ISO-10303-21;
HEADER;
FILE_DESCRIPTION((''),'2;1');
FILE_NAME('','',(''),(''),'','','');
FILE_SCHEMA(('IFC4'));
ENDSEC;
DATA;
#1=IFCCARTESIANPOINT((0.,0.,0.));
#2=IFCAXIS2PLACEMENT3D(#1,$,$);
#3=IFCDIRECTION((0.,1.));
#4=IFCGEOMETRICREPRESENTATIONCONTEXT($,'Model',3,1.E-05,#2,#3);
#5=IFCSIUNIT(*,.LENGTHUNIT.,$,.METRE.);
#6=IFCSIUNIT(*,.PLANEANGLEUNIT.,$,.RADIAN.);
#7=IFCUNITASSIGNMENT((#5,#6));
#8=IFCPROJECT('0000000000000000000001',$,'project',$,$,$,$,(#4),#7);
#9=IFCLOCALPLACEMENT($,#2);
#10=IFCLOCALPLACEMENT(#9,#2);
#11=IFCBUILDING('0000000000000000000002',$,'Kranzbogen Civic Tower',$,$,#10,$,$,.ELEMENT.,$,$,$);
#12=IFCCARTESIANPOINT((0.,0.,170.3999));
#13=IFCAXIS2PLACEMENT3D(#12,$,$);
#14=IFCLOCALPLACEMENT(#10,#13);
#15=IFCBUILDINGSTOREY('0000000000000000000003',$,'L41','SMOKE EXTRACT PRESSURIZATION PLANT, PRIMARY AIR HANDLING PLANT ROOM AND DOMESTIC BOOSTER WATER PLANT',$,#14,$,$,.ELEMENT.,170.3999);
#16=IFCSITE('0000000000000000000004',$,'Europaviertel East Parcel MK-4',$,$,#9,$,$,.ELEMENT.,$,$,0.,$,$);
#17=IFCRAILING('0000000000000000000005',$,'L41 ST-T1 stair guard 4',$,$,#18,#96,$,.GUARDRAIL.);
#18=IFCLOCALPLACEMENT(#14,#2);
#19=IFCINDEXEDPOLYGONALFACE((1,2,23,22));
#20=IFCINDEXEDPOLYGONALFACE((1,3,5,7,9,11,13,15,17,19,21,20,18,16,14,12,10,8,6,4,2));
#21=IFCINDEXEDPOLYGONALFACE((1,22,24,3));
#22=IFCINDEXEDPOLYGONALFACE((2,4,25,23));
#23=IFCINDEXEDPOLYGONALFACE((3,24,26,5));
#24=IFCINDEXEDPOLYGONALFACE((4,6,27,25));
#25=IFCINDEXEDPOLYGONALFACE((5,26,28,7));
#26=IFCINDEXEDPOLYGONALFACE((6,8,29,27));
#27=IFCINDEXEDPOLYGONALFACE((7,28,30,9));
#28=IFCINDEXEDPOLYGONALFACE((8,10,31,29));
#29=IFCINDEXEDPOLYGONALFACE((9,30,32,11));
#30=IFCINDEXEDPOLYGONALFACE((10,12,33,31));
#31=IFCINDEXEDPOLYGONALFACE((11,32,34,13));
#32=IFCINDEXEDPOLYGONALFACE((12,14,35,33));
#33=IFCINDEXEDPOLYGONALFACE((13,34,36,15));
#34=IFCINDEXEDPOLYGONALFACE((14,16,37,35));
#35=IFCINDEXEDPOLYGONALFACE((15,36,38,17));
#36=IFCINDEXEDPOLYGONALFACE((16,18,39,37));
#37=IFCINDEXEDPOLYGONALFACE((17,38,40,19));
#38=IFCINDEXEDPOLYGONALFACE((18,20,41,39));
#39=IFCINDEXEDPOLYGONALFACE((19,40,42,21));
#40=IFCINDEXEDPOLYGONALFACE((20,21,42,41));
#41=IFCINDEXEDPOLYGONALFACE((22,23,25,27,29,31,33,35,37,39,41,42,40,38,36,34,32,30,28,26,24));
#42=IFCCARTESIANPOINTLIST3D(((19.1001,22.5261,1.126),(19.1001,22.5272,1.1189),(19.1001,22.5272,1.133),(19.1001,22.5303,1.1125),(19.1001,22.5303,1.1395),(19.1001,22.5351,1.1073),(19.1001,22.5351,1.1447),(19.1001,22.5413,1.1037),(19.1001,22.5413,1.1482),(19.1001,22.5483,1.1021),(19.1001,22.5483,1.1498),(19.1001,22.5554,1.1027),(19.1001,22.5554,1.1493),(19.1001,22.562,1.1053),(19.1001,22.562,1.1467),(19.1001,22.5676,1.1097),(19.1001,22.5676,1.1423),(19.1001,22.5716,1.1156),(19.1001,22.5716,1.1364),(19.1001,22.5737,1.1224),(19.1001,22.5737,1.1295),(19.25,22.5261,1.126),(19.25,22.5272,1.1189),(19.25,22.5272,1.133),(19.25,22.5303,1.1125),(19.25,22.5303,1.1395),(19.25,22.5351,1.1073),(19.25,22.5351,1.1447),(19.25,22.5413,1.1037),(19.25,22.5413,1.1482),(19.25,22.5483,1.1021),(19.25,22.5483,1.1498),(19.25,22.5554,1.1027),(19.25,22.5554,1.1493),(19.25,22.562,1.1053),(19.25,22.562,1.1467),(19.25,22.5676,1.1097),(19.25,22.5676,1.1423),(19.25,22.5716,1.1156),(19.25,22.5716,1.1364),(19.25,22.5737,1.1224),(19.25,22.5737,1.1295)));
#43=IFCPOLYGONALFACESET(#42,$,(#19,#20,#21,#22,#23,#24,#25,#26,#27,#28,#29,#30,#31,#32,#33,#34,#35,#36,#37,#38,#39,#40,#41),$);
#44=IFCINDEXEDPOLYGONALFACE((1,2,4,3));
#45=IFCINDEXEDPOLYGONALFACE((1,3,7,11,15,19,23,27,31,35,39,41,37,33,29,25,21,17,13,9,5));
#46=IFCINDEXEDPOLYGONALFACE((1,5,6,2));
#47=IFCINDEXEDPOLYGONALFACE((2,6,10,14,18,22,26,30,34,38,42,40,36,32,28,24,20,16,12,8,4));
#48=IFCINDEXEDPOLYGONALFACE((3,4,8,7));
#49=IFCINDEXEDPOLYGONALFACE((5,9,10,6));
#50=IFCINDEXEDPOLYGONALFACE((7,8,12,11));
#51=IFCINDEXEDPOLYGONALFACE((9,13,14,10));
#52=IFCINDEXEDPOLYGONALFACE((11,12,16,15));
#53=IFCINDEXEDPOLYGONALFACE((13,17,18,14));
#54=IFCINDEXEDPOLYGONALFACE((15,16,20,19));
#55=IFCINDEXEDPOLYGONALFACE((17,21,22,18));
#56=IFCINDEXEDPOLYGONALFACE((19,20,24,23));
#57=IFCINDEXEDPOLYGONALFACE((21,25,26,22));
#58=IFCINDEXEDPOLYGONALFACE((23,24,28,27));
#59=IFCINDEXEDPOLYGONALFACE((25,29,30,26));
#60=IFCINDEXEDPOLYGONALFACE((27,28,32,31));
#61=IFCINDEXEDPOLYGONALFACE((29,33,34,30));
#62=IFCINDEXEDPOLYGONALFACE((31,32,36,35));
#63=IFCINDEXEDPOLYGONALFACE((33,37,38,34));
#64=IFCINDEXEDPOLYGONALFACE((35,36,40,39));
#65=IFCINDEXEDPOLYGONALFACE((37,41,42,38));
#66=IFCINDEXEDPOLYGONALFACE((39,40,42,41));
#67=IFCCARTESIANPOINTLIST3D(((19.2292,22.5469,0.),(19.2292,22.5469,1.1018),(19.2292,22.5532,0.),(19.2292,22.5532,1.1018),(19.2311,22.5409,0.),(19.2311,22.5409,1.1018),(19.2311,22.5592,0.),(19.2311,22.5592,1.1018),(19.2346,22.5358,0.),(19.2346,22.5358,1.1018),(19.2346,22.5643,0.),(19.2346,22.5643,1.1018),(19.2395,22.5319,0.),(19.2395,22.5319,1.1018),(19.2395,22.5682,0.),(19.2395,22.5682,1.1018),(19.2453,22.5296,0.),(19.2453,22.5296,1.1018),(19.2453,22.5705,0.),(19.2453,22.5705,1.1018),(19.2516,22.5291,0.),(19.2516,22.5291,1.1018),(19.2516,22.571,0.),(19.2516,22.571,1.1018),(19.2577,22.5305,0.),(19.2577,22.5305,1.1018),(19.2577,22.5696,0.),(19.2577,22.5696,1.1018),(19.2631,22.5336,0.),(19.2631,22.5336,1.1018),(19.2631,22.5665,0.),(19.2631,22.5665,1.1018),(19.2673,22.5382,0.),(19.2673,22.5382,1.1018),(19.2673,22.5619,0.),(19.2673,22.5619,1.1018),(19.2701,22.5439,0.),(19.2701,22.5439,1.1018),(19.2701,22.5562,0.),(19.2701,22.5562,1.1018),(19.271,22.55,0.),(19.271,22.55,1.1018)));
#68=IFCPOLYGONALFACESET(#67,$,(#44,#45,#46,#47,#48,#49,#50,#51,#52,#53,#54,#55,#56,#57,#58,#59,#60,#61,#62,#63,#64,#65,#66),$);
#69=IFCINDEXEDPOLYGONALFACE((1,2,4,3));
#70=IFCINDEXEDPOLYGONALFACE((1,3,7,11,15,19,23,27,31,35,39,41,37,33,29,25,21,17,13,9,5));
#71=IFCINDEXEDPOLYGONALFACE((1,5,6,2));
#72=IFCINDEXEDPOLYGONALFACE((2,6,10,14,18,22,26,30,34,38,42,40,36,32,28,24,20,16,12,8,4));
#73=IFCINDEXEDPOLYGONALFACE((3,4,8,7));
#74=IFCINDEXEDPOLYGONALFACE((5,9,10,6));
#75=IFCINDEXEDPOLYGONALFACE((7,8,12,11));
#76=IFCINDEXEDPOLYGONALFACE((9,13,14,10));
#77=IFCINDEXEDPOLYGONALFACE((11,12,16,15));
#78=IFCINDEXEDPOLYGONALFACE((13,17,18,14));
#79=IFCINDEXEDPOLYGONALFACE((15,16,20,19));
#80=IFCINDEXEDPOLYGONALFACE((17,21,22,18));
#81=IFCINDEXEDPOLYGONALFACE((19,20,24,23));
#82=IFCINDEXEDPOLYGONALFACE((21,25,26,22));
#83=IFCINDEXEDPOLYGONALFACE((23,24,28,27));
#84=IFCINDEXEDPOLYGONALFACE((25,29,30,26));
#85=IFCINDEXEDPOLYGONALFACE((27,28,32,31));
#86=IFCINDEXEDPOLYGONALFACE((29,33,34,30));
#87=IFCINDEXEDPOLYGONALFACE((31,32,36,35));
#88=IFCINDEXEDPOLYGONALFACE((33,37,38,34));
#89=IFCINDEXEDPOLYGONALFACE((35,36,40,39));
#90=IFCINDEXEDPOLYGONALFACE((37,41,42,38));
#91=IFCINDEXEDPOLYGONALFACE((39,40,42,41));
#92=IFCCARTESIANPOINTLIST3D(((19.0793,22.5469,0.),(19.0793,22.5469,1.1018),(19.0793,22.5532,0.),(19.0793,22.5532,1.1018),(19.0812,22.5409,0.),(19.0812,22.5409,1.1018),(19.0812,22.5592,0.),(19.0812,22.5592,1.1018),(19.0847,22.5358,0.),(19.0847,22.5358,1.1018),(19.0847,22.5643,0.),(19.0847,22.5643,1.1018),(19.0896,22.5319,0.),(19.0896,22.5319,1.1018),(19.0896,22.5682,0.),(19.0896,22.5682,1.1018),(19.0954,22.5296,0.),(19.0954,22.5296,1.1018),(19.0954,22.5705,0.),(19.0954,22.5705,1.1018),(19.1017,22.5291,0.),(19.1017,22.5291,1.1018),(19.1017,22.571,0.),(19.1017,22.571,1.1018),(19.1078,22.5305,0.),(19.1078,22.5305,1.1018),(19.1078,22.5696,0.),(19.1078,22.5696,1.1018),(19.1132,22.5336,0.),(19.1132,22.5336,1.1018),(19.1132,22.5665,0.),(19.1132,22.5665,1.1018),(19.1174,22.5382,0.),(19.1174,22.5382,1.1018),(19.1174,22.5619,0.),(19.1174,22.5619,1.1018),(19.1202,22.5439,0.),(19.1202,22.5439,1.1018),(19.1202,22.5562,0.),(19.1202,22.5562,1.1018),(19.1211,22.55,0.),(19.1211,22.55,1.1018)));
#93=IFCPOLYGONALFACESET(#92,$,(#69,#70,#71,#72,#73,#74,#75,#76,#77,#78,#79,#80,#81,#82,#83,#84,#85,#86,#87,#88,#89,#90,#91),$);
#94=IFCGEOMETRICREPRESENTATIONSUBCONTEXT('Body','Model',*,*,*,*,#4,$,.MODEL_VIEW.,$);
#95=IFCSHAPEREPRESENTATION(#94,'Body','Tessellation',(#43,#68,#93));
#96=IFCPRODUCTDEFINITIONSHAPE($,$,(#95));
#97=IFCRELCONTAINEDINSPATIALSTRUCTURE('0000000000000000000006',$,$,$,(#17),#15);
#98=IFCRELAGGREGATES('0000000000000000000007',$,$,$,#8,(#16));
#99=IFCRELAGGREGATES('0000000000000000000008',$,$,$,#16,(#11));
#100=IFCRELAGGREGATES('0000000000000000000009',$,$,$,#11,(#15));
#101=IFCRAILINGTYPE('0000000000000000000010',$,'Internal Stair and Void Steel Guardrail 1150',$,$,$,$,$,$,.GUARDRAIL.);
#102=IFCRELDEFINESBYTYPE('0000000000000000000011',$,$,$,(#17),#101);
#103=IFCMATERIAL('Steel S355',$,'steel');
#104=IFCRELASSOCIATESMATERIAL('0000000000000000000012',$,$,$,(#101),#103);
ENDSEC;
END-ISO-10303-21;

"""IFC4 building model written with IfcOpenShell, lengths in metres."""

from ifc_helpers import new_model, si_unit, direction, frame, origin, origin_2d, place, context, subcontext, project, spatial, circle, extrude, material, type_object, element, save


model = new_model("IFC4")

# Units and contexts
model_context = context("Model", 3, precision=1e-05, world=origin(), true_north=direction((0.0, 1.0)))
body_context = subcontext(model_context, "Body", "Model", "MODEL_VIEW")
ifc_project = project(units=[si_unit("LENGTHUNIT", "METRE"), si_unit("PLANEANGLEUNIT", "RADIAN")], contexts=[model_context])

# Site, building, storey
site_placement = place(None, origin())
site = spatial("IfcSite", under=ifc_project, at=site_placement, Name="Europaviertel East Parcel MK-4", CompositionType="ELEMENT", RefElevation=0.0)
building_placement = place(site_placement, origin())
building = spatial("IfcBuilding", under=site, at=building_placement, Name="Kranzbogen Civic Tower", CompositionType="ELEMENT")
storey_placement = place(building_placement, frame((0.0, 0.0, 170.3999)))
storey = spatial("IfcBuildingStorey", under=building, at=storey_placement, Name="L41", Description="SMOKE EXTRACT PRESSURIZATION PLANT, PRIMARY AIR HANDLING PLANT ROOM AND DOMESTIC BOOSTER WATER PLANT", CompositionType="ELEMENT", Elevation=170.3999)

# Shared definitions
ifc_material_1 = material(Name="Steel S355", Category="steel")

# Railing
railing_type_1 = type_object("IfcRailingType", Name="Internal Stair and Void Steel Guardrail 1150", PredefinedType="GUARDRAIL", material=ifc_material_1)
railing_1_placement = place(storey_placement, frame((19.25, 22.55, 0.0)))
element("IfcRailing", 1, at=railing_1_placement, inside=storey, type_object=railing_type_1, Name="L41 ST-T1 stair guard 4", PredefinedType="GUARDRAIL", context=body_context, shape_type="SweptSolid", body=[
    extrude(circle(Radius=0.0239, at=origin_2d()), frame((0.0, 0.0, 1.126), z_axis=(-1.0, 0.0, 0.0), x_axis=(0.0, -1.0, 0.0)), (0.0, 0.0, 1.0), 0.1499),
    extrude(circle(Radius=0.021, at=origin_2d()), origin(), (0.0, 0.0, 1.0), 1.1018),
    extrude(circle(Radius=0.021, at=origin_2d()), frame((-0.1499, 0.0, 0.0)), (0.0, 0.0, 1.0), 1.1018),
])

save(model, "model.ifc")
